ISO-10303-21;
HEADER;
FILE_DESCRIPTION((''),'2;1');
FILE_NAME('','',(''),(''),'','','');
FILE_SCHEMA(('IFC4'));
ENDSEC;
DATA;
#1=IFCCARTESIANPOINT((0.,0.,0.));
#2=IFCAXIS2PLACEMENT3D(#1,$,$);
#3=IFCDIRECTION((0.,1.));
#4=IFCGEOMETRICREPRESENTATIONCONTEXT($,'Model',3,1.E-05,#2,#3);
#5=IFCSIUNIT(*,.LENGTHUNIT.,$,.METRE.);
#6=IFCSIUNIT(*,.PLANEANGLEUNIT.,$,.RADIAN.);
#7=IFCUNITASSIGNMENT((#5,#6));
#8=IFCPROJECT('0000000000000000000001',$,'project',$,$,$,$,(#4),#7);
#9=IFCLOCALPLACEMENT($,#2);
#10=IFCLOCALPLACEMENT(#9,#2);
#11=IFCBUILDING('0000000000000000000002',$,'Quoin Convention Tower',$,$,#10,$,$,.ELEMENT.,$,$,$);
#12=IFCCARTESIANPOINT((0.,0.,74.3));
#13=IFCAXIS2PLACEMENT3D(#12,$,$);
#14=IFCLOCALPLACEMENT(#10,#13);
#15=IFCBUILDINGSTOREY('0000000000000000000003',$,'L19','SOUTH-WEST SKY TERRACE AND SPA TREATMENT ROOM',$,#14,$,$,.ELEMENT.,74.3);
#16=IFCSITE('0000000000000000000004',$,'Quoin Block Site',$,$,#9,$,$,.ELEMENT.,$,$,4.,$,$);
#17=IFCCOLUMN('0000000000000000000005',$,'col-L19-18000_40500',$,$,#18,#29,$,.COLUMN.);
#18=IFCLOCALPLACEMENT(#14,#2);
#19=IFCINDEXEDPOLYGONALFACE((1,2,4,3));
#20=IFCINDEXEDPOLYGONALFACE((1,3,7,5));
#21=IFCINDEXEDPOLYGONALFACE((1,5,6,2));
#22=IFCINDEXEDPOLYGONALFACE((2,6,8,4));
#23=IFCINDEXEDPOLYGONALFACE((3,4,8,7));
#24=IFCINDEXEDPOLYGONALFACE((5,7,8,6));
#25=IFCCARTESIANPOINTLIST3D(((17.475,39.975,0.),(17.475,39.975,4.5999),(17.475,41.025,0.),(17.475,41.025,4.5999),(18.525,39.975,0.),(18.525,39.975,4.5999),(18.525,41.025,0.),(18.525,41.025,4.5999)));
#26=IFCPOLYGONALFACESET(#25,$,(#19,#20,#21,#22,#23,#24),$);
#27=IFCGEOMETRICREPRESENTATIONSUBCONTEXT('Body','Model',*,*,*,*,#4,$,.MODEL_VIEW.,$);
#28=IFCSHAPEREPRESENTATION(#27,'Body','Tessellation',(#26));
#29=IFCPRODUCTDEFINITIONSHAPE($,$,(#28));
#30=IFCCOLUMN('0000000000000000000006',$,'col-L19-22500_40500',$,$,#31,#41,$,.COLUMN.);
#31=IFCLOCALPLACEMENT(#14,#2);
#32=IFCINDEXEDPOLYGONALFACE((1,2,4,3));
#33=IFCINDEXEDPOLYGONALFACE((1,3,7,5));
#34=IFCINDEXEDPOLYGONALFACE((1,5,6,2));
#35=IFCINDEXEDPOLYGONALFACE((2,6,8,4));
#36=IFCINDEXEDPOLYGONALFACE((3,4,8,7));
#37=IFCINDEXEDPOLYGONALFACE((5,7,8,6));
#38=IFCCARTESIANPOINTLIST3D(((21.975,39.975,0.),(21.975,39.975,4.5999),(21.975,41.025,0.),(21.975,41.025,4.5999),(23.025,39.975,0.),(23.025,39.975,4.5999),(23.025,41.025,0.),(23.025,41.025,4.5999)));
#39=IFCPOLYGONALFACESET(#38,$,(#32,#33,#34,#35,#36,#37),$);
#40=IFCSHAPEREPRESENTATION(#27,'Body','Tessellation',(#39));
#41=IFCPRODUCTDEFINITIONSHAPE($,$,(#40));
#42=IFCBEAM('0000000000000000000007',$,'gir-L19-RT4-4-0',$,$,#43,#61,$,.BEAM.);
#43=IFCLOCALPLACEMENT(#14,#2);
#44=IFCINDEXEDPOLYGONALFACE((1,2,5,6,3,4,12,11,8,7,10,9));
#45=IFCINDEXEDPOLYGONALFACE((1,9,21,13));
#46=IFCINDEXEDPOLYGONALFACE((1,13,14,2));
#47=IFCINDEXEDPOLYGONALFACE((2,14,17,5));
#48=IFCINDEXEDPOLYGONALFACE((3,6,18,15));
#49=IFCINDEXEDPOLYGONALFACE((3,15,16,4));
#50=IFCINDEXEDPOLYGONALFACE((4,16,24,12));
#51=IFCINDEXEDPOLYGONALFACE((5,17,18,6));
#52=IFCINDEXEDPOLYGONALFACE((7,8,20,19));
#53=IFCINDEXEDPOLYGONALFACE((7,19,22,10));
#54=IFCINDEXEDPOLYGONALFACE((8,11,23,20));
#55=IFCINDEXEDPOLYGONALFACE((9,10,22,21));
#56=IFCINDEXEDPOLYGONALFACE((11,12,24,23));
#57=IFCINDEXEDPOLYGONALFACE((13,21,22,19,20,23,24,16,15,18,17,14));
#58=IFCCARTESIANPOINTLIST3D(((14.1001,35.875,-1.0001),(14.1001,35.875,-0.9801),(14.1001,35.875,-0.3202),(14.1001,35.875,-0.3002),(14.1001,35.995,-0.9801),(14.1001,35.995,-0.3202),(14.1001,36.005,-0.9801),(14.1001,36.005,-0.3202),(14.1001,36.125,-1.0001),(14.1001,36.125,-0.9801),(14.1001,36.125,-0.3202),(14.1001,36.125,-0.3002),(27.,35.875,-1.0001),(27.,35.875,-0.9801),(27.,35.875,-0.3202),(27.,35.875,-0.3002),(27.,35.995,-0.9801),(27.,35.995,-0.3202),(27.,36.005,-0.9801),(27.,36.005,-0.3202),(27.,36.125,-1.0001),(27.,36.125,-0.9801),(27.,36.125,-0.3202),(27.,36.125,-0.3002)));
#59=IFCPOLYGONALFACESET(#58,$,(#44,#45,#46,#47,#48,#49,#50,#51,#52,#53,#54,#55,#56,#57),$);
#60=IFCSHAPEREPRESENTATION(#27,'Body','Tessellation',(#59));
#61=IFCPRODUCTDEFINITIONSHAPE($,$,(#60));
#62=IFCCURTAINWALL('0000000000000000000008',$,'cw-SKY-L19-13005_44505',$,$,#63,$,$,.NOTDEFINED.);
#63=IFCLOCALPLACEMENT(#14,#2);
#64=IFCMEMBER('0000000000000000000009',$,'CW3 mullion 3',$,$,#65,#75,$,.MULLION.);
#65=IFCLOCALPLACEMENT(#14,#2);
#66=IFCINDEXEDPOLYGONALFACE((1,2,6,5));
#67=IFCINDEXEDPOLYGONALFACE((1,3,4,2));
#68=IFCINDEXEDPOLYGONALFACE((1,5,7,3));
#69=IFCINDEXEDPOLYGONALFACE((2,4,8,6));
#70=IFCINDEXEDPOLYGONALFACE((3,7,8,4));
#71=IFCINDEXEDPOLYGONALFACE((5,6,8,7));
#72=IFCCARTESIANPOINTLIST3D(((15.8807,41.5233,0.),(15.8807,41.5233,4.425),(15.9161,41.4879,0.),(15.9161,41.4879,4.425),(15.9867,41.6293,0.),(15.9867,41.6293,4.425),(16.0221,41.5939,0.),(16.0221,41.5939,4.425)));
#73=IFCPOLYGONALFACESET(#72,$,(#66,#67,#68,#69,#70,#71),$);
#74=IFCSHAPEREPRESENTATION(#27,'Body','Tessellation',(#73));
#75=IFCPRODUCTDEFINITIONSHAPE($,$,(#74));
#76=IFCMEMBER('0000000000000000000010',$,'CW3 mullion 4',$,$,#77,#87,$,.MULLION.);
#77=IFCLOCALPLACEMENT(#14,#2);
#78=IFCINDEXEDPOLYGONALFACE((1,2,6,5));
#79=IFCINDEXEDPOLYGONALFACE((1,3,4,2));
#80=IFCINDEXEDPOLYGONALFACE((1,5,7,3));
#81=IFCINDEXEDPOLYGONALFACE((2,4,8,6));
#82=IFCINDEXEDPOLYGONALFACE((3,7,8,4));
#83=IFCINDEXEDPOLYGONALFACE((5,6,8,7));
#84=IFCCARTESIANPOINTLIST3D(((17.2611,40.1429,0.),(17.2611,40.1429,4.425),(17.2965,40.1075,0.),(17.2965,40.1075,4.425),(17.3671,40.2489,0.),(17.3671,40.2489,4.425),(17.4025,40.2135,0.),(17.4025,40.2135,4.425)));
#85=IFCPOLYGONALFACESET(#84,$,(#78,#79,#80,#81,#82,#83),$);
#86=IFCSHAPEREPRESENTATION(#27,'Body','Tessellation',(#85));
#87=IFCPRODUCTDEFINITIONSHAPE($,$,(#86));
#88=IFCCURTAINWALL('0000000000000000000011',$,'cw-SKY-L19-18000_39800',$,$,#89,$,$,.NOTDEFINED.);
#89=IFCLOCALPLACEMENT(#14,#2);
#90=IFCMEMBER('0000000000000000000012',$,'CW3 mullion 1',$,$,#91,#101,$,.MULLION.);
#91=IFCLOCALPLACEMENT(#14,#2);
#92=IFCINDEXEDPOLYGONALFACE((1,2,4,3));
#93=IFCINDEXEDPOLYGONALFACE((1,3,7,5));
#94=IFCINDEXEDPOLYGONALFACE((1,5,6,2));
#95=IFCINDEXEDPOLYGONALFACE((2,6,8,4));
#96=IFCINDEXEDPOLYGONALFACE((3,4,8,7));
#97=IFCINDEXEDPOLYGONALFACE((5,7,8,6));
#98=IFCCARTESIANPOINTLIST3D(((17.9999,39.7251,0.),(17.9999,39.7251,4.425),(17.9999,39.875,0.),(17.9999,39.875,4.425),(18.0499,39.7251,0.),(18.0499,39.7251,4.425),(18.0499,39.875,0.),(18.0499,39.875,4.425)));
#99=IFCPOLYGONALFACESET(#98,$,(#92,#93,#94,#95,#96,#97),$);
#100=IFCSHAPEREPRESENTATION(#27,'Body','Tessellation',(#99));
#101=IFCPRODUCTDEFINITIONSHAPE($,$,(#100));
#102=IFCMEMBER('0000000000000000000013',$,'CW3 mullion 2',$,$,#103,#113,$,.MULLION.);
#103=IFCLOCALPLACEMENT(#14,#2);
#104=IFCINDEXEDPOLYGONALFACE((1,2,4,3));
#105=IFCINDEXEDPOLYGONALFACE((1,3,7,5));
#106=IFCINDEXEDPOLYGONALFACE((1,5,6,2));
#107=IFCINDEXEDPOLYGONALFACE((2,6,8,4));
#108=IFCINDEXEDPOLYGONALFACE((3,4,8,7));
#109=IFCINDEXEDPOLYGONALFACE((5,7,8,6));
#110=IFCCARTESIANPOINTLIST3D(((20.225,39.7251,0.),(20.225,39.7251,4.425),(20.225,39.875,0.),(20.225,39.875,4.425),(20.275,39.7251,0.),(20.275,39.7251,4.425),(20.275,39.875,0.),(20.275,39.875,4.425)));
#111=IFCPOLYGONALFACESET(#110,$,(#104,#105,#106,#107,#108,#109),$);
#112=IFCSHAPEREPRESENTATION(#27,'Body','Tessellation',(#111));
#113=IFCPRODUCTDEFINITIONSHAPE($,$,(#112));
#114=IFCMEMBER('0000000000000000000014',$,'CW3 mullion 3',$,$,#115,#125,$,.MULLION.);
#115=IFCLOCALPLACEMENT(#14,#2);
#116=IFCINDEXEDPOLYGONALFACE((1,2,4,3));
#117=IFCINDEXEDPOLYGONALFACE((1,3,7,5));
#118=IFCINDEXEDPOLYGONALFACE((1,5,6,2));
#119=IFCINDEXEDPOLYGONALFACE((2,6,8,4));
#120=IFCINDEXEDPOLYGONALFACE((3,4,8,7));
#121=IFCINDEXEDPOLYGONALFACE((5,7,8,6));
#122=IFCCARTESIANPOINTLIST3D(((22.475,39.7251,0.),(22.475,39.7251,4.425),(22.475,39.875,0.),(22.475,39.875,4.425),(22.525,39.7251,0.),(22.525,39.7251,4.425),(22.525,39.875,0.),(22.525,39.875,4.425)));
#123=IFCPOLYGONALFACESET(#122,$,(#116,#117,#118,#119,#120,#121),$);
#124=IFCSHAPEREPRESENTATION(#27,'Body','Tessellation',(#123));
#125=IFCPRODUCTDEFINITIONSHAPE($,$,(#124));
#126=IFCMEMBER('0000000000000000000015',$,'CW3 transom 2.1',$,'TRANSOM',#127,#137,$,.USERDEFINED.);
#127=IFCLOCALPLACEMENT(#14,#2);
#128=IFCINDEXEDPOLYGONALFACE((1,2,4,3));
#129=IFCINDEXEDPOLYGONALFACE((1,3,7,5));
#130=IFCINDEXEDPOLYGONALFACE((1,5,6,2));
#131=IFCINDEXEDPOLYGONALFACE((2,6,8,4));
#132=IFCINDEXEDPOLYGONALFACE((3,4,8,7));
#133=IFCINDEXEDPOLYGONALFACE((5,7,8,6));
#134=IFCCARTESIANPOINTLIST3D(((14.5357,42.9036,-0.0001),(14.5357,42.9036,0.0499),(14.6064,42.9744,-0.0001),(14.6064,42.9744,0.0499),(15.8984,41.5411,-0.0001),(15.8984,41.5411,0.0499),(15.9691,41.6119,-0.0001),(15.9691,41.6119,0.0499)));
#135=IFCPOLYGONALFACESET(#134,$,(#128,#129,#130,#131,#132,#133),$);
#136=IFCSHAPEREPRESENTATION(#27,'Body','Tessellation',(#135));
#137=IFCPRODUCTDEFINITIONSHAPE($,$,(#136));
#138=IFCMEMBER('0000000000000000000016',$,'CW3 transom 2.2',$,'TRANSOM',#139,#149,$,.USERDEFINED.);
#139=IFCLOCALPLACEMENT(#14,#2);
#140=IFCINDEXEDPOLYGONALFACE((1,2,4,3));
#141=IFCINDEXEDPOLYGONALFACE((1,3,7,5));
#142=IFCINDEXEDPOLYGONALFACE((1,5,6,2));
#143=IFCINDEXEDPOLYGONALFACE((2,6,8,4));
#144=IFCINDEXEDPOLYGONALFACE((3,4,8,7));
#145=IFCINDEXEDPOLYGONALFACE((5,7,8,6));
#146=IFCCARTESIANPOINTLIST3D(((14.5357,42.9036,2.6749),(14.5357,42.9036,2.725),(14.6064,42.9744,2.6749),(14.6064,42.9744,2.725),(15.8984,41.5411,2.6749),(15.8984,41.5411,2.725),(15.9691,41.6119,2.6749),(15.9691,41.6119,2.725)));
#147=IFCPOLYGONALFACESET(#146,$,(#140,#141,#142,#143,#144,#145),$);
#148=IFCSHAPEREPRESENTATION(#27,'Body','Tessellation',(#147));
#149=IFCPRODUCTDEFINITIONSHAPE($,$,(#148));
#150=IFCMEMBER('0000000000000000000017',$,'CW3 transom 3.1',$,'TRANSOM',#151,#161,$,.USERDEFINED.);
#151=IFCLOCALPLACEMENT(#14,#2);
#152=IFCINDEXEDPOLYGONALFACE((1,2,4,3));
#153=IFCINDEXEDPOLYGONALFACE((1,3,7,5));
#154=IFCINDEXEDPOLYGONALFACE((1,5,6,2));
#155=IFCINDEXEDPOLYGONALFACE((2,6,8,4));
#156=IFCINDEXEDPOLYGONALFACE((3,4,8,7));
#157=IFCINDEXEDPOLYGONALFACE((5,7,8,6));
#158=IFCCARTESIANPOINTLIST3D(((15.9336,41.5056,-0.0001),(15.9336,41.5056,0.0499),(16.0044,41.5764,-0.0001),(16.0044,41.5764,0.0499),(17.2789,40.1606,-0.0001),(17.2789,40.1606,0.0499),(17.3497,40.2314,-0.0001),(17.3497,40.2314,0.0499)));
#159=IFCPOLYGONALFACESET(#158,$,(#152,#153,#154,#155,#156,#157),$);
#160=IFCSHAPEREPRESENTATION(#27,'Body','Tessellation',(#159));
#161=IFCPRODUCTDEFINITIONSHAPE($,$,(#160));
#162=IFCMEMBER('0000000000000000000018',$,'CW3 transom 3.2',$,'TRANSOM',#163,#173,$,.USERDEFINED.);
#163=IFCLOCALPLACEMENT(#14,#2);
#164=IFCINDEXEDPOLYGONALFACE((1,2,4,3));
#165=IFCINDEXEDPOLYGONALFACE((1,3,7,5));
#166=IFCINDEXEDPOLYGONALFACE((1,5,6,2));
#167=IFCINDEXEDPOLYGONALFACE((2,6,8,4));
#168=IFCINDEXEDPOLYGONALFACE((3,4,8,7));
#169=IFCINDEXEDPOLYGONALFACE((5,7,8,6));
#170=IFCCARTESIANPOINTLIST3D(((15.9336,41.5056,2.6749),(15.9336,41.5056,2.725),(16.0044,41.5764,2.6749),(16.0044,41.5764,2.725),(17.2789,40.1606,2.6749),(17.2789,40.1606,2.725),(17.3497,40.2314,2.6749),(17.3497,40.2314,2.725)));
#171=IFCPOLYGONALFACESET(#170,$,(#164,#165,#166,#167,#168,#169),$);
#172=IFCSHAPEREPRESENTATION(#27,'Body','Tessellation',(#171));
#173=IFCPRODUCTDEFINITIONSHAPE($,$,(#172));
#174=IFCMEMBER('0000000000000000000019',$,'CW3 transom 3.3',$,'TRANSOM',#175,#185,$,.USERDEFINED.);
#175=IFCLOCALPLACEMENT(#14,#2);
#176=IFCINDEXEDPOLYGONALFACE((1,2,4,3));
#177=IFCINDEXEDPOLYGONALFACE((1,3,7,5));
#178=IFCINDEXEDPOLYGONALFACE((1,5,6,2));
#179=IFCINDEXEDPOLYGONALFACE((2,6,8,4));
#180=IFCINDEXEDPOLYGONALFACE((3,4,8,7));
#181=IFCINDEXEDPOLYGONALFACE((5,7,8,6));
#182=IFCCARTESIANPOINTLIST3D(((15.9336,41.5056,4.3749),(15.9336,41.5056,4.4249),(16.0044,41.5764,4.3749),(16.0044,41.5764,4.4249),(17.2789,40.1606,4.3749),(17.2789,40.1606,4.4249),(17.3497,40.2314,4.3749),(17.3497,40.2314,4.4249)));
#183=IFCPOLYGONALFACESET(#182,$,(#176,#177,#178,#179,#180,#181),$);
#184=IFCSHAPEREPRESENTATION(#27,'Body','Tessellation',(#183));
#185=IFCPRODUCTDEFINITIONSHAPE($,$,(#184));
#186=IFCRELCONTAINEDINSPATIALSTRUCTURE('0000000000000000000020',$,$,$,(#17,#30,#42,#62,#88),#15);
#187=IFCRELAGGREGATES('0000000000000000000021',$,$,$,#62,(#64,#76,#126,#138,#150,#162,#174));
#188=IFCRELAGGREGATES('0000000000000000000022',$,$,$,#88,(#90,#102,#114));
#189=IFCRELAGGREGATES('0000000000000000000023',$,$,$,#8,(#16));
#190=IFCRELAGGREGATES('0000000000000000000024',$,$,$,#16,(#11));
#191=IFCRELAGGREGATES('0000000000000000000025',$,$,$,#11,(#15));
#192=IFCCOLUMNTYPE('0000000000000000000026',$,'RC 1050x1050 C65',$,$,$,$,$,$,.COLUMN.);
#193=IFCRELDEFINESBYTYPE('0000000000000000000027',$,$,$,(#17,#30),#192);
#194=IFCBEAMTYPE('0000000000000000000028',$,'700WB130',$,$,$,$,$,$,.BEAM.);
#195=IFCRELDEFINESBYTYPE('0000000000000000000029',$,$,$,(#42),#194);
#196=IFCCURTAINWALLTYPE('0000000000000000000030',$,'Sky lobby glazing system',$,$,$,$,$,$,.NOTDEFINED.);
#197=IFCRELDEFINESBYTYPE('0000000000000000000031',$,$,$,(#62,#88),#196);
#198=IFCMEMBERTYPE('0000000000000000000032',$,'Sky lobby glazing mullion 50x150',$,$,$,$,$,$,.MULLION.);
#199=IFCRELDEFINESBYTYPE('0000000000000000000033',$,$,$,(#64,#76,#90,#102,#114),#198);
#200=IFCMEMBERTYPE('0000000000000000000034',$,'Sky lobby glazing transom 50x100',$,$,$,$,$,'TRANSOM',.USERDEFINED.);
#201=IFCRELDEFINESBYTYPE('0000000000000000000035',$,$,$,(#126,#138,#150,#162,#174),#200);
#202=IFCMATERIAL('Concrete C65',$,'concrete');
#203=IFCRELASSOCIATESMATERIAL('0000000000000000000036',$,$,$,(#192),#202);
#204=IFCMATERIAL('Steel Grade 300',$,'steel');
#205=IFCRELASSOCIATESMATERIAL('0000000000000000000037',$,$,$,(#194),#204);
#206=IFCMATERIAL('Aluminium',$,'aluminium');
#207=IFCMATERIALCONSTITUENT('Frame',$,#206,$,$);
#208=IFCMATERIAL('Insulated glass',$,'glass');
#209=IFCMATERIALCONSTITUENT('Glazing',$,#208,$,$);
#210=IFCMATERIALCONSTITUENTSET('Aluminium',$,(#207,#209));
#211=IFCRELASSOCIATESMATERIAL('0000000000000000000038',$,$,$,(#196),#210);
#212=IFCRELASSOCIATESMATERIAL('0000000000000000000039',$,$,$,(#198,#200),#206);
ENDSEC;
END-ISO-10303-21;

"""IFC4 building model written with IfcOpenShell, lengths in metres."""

from ifc_helpers import new_model, si_unit, direction, frame, origin, origin_2d, place, context, subcontext, project, spatial, rectangle, i_section, extrude, material, constituent, constituent_set, material_profile, profile_set, type_object, element, aggregate, save


model = new_model("IFC4")

# Units and contexts
model_context = context("Model", 3, precision=1e-05, world=origin(), true_north=direction((0.0, 1.0)))
body_context = subcontext(model_context, "Body", "Model", "MODEL_VIEW")
ifc_project = project(units=[si_unit("LENGTHUNIT", "METRE"), si_unit("PLANEANGLEUNIT", "RADIAN")], contexts=[model_context])

# Site, building, storey
site_placement = place(None, origin())
site = spatial("IfcSite", under=ifc_project, at=site_placement, Name="Quoin Block Site", CompositionType="ELEMENT", RefElevation=4.0)
building_placement = place(site_placement, origin())
building = spatial("IfcBuilding", under=site, at=building_placement, Name="Quoin Convention Tower", CompositionType="ELEMENT")
storey_placement = place(building_placement, frame((0.0, 0.0, 74.3)))
storey = spatial("IfcBuildingStorey", under=building, at=storey_placement, Name="L19", Description="SOUTH-WEST SKY TERRACE AND SPA TREATMENT ROOM", CompositionType="ELEMENT", Elevation=74.3)

# Columns
ifc_material_1 = material(Name="Concrete C65", Category="concrete")
ifc_material_profile_1 = material_profile(ifc_material_1, rectangle(XDim=1.05, YDim=1.05, at=origin_2d()), Name="RC 1050x1050")
ifc_profile_set_1 = profile_set([ifc_material_profile_1], Name="Concrete C65")
column_type = type_object("IfcColumnType", Name="RC 1050x1050 C65", PredefinedType="COLUMN", material=ifc_profile_set_1)
for number, where, z_axis, x_axis, name in (
    (1, (18.0, 40.5, 0.0), (0.0, 0.0, 1.0), (1.0, 0.0, 0.0), "col-L19-18000_40500"),
    (2, (22.5, 40.5, 0.0), (0.0, 0.0, 1.0), (1.0, 0.0, 0.0), "col-L19-22500_40500"),
):
    element("IfcColumn", number, at=place(storey_placement, frame(where, z_axis=z_axis, x_axis=x_axis)), inside=storey, type_object=column_type, Name=name, PredefinedType="COLUMN", context=body_context, shape_type="SweptSolid", body=[
        extrude(rectangle(XDim=1.05, YDim=1.05, at=origin_2d()), origin(), (0.0, 0.0, 1.0), 4.5999),
    ])

# Beam
ifc_material_2 = material(Name="Steel Grade 300", Category="steel")
ifc_material_profile_2 = material_profile(ifc_material_2, i_section(OverallWidth=0.25, OverallDepth=0.7, WebThickness=0.01, FlangeThickness=0.02, at=origin_2d()), Name="700WB130")
ifc_profile_set_2 = profile_set([ifc_material_profile_2], Name="Steel Grade 300")
beam_type = type_object("IfcBeamType", Name="700WB130", PredefinedType="BEAM", material=ifc_profile_set_2)
beam_placement = place(storey_placement, frame((14.1001, 36.0, -0.6501), z_axis=(1.0, 0.0, 0.0), x_axis=(0.0, 1.0, 0.0)))
element("IfcBeam", 3, at=beam_placement, inside=storey, type_object=beam_type, Name="gir-L19-RT4-4-0", PredefinedType="BEAM", context=body_context, shape_type="SweptSolid", body=[
    extrude(i_section(OverallWidth=0.25, OverallDepth=0.7, WebThickness=0.01, FlangeThickness=0.02, at=origin_2d()), origin(), (0.0, 0.0, 1.0), 12.8999),
])

# Curtain walls, members
ifc_material_3 = material(Name="Aluminium", Category="aluminium")
ifc_constituent_1 = constituent(ifc_material_3, Name="Frame")
ifc_material_4 = material(Name="Insulated glass", Category="glass")
ifc_constituent_2 = constituent(ifc_material_4, Name="Glazing")
ifc_constituent_set = constituent_set(constituents=[ifc_constituent_1, ifc_constituent_2], Name="Aluminium")
curtain_wall_type = type_object("IfcCurtainWallType", Name="Sky lobby glazing system", PredefinedType="NOTDEFINED", material=ifc_constituent_set)
curtain_wall_1_placement = place(storey_placement, origin())
curtain_wall_1 = element("IfcCurtainWall", 4, at=curtain_wall_1_placement, inside=storey, type_object=curtain_wall_type, Name="cw-SKY-L19-13005_44505", PredefinedType="NOTDEFINED")
ifc_material_profile_3 = material_profile(ifc_material_3, rectangle(XDim=0.1499, YDim=0.05, at=origin_2d()), Name="Sky lobby glazing mullion 50x150")
ifc_profile_set_3 = profile_set([ifc_material_profile_3], Name="Aluminium")
member_type_1 = type_object("IfcMemberType", Name="Sky lobby glazing mullion 50x150", PredefinedType="MULLION", material=ifc_profile_set_3)
member_1_placement = place(storey_placement, frame((15.9514, 41.5586, 0.0), z_axis=(0.0, 0.0, 1.0), x_axis=(0.707098, 0.707115, 0.0)))
member_1 = element("IfcMember", 5, at=member_1_placement, type_object=member_type_1, Name="CW3 mullion 3", PredefinedType="MULLION", context=body_context, shape_type="SweptSolid", body=[
    extrude(rectangle(XDim=0.1499, YDim=0.05, at=origin_2d()), origin(), (0.0, 0.0, 1.0), 4.425),
])
member_2_placement = place(storey_placement, frame((17.3318, 40.1782, 0.0), z_axis=(0.0, 0.0, 1.0), x_axis=(0.707098, 0.707115, 0.0)))
member_2 = element("IfcMember", 6, at=member_2_placement, type_object=member_type_1, Name="CW3 mullion 4", PredefinedType="MULLION", context=body_context, shape_type="SweptSolid", body=[
    extrude(rectangle(XDim=0.1499, YDim=0.05, at=origin_2d()), origin(), (0.0, 0.0, 1.0), 4.425),
])
curtain_wall_2_placement = place(storey_placement, origin())
curtain_wall_2 = element("IfcCurtainWall", 7, at=curtain_wall_2_placement, inside=storey, type_object=curtain_wall_type, Name="cw-SKY-L19-18000_39800", PredefinedType="NOTDEFINED")
member_3_placement = place(storey_placement, frame((18.0249, 39.8, 0.0), z_axis=(0.0, 0.0, 1.0), x_axis=(0.0, 1.0, 0.0)))
member_3 = element("IfcMember", 8, at=member_3_placement, type_object=member_type_1, Name="CW3 mullion 1", PredefinedType="MULLION", context=body_context, shape_type="SweptSolid", body=[
    extrude(rectangle(XDim=0.1499, YDim=0.05, at=origin_2d()), origin(), (0.0, 0.0, 1.0), 4.425),
])
member_4_placement = place(storey_placement, frame((20.25, 39.8, 0.0), z_axis=(0.0, 0.0, 1.0), x_axis=(0.0, 1.0, 0.0)))
member_4 = element("IfcMember", 9, at=member_4_placement, type_object=member_type_1, Name="CW3 mullion 2", PredefinedType="MULLION", context=body_context, shape_type="SweptSolid", body=[
    extrude(rectangle(XDim=0.1499, YDim=0.05, at=origin_2d()), origin(), (0.0, 0.0, 1.0), 4.425),
])
member_5_placement = place(storey_placement, frame((22.5, 39.8, 0.0), z_axis=(0.0, 0.0, 1.0), x_axis=(0.0, 1.0, 0.0)))
member_5 = element("IfcMember", 10, at=member_5_placement, type_object=member_type_1, Name="CW3 mullion 3", PredefinedType="MULLION", context=body_context, shape_type="SweptSolid", body=[
    extrude(rectangle(XDim=0.1499, YDim=0.05, at=origin_2d()), origin(), (0.0, 0.0, 1.0), 4.425),
])

# Members
ifc_material_profile_4 = material_profile(ifc_material_3, rectangle(XDim=0.1001, YDim=0.05, at=origin_2d()), Name="Sky lobby glazing transom 50x100")
ifc_profile_set_4 = profile_set([ifc_material_profile_4], Name="Aluminium")
member_type_2 = type_object("IfcMemberType", Name="Sky lobby glazing transom 50x100", ElementType="TRANSOM", PredefinedType="USERDEFINED", material=ifc_profile_set_4)
member_6_placement = place(storey_placement, frame((14.571, 42.939, 0.0249), z_axis=(0.70717, -0.707043, 0.0), x_axis=(0.707043, 0.70717, 0.0)))
member_6 = element("IfcMember", 11, at=member_6_placement, type_object=member_type_2, Name="CW3 transom 2.1", ObjectType="TRANSOM", PredefinedType="USERDEFINED", context=body_context, shape_type="SweptSolid", body=[
    extrude(rectangle(XDim=0.1001, YDim=0.05, at=origin_2d()), origin(), (0.0, 0.0, 1.0), 1.927),
])
member_7_placement = place(storey_placement, frame((14.571, 42.939, 2.7), z_axis=(0.70717, -0.707043, 0.0), x_axis=(0.707043, 0.70717, 0.0)))
member_7 = element("IfcMember", 12, at=member_7_placement, type_object=member_type_2, Name="CW3 transom 2.2", ObjectType="TRANSOM", PredefinedType="USERDEFINED", context=body_context, shape_type="SweptSolid", body=[
    extrude(rectangle(XDim=0.1001, YDim=0.05, at=origin_2d()), origin(), (0.0, 0.0, 1.0), 1.927),
])
member_8_placement = place(storey_placement, frame((15.969, 41.541, 0.0249), z_axis=(0.707171, -0.707043, 0.0), x_axis=(0.707043, 0.707171, 0.0)))
member_8 = element("IfcMember", 13, at=member_8_placement, type_object=member_type_2, Name="CW3 transom 3.1", ObjectType="TRANSOM", PredefinedType="USERDEFINED", context=body_context, shape_type="SweptSolid", body=[
    extrude(rectangle(XDim=0.1001, YDim=0.05, at=origin_2d()), origin(), (0.0, 0.0, 1.0), 1.9023),
])
member_9_placement = place(storey_placement, frame((15.969, 41.541, 2.7), z_axis=(0.707171, -0.707043, 0.0), x_axis=(0.707043, 0.707171, 0.0)))
member_9 = element("IfcMember", 14, at=member_9_placement, type_object=member_type_2, Name="CW3 transom 3.2", ObjectType="TRANSOM", PredefinedType="USERDEFINED", context=body_context, shape_type="SweptSolid", body=[
    extrude(rectangle(XDim=0.1001, YDim=0.05, at=origin_2d()), origin(), (0.0, 0.0, 1.0), 1.9023),
])
member_10_placement = place(storey_placement, frame((15.969, 41.541, 4.3999), z_axis=(0.707171, -0.707043, 0.0), x_axis=(0.707043, 0.707171, 0.0)))
member_10 = element("IfcMember", 15, at=member_10_placement, type_object=member_type_2, Name="CW3 transom 3.3", ObjectType="TRANSOM", PredefinedType="USERDEFINED", context=body_context, shape_type="SweptSolid", body=[
    extrude(rectangle(XDim=0.1001, YDim=0.05, at=origin_2d()), origin(), (0.0, 0.0, 1.0), 1.9023),
])

aggregate(curtain_wall_1, [member_1, member_2, member_6, member_7, member_8, member_9, member_10])
aggregate(curtain_wall_2, [member_3, member_4, member_5])

save(model, "model.ifc")
